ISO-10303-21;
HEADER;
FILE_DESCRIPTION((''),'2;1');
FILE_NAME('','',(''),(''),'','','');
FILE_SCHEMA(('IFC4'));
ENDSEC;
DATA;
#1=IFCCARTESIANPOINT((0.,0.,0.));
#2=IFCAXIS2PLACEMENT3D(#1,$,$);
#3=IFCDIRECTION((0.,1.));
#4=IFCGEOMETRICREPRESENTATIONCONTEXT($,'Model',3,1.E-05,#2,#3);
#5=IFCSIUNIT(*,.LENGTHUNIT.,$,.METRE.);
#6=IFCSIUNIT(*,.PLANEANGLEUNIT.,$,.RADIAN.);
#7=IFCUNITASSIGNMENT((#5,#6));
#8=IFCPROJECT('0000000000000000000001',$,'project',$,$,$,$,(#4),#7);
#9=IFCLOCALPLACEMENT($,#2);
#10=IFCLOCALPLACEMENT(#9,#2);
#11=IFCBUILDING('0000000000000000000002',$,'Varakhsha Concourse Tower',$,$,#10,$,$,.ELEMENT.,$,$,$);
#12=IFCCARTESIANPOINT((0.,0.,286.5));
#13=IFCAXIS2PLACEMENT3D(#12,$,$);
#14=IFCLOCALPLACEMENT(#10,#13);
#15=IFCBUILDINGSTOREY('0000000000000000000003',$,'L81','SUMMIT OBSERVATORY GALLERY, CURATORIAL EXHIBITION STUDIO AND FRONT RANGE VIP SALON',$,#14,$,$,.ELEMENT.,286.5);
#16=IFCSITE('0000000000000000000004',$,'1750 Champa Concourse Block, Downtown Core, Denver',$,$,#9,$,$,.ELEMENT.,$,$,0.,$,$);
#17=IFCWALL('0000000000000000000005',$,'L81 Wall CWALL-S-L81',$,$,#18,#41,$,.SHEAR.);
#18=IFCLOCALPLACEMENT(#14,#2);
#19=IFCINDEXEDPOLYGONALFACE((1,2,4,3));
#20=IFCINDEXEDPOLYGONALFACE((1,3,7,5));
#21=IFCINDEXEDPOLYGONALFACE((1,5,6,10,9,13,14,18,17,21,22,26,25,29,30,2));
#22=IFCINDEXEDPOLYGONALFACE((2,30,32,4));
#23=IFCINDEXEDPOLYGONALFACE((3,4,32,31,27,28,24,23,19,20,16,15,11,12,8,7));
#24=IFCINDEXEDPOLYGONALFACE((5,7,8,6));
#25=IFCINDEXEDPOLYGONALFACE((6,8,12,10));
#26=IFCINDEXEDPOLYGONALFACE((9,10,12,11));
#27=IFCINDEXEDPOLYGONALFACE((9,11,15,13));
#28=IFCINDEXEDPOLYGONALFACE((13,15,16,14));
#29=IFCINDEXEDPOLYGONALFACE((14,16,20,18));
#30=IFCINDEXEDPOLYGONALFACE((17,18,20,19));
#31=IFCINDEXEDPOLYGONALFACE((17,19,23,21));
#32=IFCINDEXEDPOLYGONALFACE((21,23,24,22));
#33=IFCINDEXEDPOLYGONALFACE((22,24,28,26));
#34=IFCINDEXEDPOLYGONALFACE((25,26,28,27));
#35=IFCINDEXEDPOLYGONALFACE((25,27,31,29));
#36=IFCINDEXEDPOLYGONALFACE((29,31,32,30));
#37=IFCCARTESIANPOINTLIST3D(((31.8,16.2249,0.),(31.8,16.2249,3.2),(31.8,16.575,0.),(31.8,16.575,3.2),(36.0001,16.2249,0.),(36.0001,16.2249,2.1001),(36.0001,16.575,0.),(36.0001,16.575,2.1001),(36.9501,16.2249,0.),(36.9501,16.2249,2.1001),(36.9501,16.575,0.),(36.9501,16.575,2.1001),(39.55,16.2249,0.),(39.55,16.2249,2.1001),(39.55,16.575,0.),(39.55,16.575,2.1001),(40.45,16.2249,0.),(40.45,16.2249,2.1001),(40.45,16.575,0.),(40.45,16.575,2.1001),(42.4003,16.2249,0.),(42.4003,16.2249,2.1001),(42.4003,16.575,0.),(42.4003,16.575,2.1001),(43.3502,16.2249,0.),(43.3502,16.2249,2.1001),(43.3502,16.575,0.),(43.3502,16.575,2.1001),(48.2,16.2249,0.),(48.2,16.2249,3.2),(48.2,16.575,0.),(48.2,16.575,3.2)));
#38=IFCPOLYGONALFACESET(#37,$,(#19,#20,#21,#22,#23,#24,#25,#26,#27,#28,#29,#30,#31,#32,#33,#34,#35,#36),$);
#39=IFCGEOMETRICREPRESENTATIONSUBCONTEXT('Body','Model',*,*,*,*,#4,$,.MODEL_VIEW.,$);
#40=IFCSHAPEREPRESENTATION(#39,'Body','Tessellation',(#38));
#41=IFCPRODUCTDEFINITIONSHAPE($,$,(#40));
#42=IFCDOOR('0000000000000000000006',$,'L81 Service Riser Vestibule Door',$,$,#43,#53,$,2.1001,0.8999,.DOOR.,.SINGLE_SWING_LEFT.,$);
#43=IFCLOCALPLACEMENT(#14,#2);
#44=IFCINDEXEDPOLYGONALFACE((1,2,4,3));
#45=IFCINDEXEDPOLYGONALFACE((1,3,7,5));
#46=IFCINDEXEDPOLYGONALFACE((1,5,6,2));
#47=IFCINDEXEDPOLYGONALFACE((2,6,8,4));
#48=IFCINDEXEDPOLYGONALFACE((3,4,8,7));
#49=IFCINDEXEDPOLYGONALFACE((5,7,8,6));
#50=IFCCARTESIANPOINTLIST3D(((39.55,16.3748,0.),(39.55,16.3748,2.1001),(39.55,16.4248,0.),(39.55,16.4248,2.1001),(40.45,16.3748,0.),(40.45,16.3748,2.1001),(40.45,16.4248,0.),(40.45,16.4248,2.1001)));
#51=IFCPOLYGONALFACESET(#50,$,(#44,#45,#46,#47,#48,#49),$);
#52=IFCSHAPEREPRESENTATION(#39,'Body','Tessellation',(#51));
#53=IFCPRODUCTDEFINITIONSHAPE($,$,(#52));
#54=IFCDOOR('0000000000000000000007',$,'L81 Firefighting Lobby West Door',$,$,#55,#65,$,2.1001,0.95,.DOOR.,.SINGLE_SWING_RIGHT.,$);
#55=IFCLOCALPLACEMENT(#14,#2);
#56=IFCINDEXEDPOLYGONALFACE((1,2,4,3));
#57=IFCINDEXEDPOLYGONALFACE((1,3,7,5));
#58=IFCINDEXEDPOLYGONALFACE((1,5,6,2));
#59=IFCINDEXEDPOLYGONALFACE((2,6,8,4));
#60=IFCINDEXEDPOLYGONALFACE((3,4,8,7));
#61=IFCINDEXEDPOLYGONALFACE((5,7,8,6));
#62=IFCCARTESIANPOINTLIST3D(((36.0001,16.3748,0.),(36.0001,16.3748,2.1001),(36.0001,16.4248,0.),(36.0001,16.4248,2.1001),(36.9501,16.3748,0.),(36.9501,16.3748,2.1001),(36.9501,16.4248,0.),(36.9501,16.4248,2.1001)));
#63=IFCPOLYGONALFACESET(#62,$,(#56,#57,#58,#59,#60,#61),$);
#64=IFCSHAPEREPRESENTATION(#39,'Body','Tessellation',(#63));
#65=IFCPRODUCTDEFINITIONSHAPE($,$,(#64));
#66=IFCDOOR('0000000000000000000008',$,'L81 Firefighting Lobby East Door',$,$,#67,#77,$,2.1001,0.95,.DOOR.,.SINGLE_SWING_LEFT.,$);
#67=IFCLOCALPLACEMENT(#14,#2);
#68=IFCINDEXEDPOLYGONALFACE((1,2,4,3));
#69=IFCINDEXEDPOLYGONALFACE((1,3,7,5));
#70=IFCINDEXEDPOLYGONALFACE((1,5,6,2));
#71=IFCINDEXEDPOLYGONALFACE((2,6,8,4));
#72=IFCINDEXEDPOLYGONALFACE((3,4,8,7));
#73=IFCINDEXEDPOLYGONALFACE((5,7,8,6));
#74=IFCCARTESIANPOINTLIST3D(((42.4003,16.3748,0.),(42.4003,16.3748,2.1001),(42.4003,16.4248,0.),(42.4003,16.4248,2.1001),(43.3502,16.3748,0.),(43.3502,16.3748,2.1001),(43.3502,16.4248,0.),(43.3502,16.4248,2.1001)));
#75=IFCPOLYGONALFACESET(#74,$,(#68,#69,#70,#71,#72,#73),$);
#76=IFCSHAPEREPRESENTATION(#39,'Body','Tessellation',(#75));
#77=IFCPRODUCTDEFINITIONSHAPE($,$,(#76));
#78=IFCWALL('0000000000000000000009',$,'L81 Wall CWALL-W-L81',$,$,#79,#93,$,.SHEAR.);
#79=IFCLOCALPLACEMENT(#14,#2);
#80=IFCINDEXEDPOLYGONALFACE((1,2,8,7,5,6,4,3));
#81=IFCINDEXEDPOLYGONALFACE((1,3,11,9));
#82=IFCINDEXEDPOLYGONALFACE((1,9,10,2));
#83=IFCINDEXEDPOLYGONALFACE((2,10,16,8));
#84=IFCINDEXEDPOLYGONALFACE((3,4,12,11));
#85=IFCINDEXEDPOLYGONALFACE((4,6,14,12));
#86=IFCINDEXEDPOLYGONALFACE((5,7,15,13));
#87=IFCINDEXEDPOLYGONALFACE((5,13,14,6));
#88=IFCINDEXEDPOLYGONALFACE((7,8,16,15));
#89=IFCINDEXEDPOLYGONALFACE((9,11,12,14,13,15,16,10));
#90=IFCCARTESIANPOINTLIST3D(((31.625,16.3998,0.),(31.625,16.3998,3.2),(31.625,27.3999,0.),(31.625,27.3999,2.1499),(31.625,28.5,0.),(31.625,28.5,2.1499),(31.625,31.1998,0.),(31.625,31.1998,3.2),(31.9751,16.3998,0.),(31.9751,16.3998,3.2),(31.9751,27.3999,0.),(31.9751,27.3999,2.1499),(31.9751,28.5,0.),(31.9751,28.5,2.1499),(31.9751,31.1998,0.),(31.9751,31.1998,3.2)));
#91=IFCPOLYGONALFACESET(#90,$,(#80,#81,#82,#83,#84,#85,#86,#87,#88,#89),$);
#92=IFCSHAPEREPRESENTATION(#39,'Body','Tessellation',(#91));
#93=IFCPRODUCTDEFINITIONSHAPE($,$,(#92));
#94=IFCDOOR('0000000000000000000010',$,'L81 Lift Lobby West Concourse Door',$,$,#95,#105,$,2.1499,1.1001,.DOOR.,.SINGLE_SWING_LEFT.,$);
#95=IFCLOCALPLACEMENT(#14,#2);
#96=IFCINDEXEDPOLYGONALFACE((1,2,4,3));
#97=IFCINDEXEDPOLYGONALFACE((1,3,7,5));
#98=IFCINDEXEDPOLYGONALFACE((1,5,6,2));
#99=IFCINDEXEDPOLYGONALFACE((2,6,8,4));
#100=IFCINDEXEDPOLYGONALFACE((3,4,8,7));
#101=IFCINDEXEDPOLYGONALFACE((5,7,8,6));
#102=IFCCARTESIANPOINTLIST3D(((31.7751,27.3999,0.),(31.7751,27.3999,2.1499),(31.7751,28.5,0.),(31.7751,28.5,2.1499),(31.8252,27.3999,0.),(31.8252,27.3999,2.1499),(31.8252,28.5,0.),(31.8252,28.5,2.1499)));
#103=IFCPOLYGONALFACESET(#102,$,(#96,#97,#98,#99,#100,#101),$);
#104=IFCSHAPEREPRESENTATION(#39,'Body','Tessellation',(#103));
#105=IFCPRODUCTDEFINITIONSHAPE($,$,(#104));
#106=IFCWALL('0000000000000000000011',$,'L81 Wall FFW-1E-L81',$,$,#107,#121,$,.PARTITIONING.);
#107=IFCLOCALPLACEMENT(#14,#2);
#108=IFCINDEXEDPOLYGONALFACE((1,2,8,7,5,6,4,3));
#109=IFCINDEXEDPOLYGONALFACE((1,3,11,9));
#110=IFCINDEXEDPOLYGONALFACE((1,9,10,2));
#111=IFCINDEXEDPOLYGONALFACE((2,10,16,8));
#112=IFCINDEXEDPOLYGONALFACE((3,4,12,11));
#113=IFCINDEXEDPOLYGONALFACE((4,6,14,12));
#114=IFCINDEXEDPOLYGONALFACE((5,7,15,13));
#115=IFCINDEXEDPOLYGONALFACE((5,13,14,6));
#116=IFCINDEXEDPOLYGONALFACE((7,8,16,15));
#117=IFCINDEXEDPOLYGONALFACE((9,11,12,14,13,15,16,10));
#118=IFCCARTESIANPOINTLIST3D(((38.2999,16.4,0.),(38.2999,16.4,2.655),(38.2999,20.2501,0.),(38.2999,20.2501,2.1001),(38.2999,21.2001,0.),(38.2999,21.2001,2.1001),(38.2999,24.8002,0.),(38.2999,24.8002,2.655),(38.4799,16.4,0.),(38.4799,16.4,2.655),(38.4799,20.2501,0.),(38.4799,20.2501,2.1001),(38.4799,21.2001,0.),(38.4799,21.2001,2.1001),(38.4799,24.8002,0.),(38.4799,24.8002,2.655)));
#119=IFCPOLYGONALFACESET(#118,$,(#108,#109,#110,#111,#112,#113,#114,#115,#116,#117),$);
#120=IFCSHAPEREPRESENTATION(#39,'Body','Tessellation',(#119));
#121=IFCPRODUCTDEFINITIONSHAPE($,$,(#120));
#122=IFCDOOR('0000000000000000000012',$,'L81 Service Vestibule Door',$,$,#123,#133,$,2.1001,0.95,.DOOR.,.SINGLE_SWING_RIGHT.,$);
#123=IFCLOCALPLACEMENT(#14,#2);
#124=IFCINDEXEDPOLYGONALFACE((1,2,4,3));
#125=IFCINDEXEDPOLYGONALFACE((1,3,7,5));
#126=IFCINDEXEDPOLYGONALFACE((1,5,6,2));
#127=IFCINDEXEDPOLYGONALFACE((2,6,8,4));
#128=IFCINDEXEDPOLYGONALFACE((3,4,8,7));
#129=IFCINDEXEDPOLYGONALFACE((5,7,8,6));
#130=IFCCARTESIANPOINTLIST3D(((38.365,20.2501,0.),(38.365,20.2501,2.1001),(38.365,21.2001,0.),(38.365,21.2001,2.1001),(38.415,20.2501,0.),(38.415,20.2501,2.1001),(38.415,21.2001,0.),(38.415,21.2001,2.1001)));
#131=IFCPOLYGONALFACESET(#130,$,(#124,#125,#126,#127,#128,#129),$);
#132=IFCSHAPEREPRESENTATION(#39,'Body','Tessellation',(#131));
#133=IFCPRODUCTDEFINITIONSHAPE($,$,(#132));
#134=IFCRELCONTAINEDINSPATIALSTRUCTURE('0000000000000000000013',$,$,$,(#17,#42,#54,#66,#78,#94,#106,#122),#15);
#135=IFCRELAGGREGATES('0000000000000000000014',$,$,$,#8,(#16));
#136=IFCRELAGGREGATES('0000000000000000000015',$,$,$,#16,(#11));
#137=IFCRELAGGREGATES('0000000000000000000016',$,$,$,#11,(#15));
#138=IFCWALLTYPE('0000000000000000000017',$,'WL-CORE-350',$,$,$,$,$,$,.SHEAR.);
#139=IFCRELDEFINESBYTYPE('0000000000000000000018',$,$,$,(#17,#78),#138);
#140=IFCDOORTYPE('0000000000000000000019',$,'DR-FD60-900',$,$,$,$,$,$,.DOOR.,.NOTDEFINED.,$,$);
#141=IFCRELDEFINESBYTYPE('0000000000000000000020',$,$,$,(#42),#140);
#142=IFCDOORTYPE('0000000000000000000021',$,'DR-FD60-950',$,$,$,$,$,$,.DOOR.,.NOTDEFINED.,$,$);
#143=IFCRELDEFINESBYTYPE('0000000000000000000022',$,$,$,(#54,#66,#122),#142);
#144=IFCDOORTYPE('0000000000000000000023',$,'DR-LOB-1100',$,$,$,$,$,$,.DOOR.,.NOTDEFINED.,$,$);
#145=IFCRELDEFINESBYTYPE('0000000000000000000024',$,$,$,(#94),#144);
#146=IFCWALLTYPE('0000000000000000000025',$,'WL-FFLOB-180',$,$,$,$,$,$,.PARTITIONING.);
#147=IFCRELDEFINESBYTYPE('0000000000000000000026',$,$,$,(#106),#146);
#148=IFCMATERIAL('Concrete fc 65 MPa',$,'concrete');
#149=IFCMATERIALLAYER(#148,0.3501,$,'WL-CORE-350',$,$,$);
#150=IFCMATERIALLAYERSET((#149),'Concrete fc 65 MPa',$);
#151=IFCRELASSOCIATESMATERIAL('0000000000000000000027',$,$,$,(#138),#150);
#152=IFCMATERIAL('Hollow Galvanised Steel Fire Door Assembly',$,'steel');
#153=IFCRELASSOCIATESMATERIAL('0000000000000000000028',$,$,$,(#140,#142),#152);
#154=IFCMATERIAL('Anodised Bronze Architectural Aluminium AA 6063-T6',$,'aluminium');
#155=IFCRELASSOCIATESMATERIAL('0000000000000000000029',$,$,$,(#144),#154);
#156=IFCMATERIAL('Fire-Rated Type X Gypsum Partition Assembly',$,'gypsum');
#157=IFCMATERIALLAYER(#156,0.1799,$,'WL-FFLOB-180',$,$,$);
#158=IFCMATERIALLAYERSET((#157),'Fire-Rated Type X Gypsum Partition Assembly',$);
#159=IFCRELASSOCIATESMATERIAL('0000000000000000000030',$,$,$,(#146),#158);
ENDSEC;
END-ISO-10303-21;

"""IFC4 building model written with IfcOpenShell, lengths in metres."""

from ifc_helpers import new_model, si_unit, direction, frame, frame_2d, origin, place, context, subcontext, project, spatial, rectangle, extrude, material, layer, layer_set, type_object, element, fill, save


model = new_model("IFC4")

# Units and contexts
model_context = context("Model", 3, precision=1e-05, world=origin(), true_north=direction((0.0, 1.0)))
body_context = subcontext(model_context, "Body", "Model", "MODEL_VIEW")
ifc_project = project(units=[si_unit("LENGTHUNIT", "METRE"), si_unit("PLANEANGLEUNIT", "RADIAN")], contexts=[model_context])

# Site, building, storey
site_placement = place(None, origin())
site = spatial("IfcSite", under=ifc_project, at=site_placement, Name="1750 Champa Concourse Block, Downtown Core, Denver", CompositionType="ELEMENT", RefElevation=0.0)
building_placement = place(site_placement, origin())
building = spatial("IfcBuilding", under=site, at=building_placement, Name="Varakhsha Concourse Tower", CompositionType="ELEMENT")
storey_placement = place(building_placement, frame((0.0, 0.0, 286.5)))
storey = spatial("IfcBuildingStorey", under=building, at=storey_placement, Name="L81", Description="SUMMIT OBSERVATORY GALLERY, CURATORIAL EXHIBITION STUDIO AND FRONT RANGE VIP SALON", CompositionType="ELEMENT", Elevation=286.5)

# Shared definitions
ifc_material_1 = material(Name="Anodised Bronze Architectural Aluminium AA 6063-T6", Category="aluminium")

# Wall, openings, doors
ifc_material_2 = material(Name="Concrete fc 65 MPa", Category="concrete")
ifc_layer_1 = layer(ifc_material_2, 0.3501, Name="WL-CORE-350")
ifc_layer_set_1 = layer_set([ifc_layer_1], Name="Concrete fc 65 MPa")
wall_type_1 = type_object("IfcWallType", Name="WL-CORE-350", PredefinedType="SHEAR", material=ifc_layer_set_1)
wall_1_placement = place(storey_placement, frame((31.8, 16.3999, 0.0), z_axis=(0.0, 0.0, 1.0), x_axis=(1.0, 0.0, 0.0)))
wall_1 = element("IfcWall", 1, at=wall_1_placement, inside=storey, type_object=wall_type_1, Name="L81 Wall CWALL-S-L81", PredefinedType="SHEAR", context=body_context, shape_type="SweptSolid", body=[
    extrude(rectangle(XDim=16.3999, YDim=0.3501, at=frame_2d((8.2, 0.0))), origin(), (0.0, 0.0, 1.0), 3.2),
])
opening_1_placement = place(wall_1_placement, frame((7.75, 0.0, 0.0)))
opening_1 = element("IfcOpeningElement", 2, at=opening_1_placement, cuts=wall_1, PredefinedType="OPENING", context=body_context, shape_type="SweptSolid", body=[
    extrude(rectangle(XDim=0.8999, YDim=2.1001, at=frame_2d((0.45, 1.05))), frame((0.0, 0.1851, 0.0), z_axis=(0.0, -1.0, 0.0), x_axis=(1.0, 0.0, 0.0)), (0.0, 0.0, 1.0), 0.3701),
])
opening_2_placement = place(wall_1_placement, frame((4.2, 0.0, 0.0)))
opening_2 = element("IfcOpeningElement", 3, at=opening_2_placement, cuts=wall_1, PredefinedType="OPENING", context=body_context, shape_type="SweptSolid", body=[
    extrude(rectangle(XDim=0.95, YDim=2.1001, at=frame_2d((0.4751, 1.05))), frame((0.0, 0.1851, 0.0), z_axis=(0.0, -1.0, 0.0), x_axis=(1.0, 0.0, 0.0)), (0.0, 0.0, 1.0), 0.3701),
])
opening_3_placement = place(wall_1_placement, frame((10.6001, 0.0, 0.0)))
opening_3 = element("IfcOpeningElement", 4, at=opening_3_placement, cuts=wall_1, PredefinedType="OPENING", context=body_context, shape_type="SweptSolid", body=[
    extrude(rectangle(XDim=0.95, YDim=2.1001, at=frame_2d((0.4751, 1.05))), frame((0.0, 0.1851, 0.0), z_axis=(0.0, -1.0, 0.0), x_axis=(1.0, 0.0, 0.0)), (0.0, 0.0, 1.0), 0.3701),
])
ifc_material_3 = material(Name="Hollow Galvanised Steel Fire Door Assembly", Category="steel")
door_type_1 = type_object("IfcDoorType", Name="DR-FD60-900", OperationType="NOTDEFINED", PredefinedType="DOOR", material=ifc_material_3)
door_1_placement = place(opening_1_placement, origin())
door_1 = element("IfcDoor", 5, at=door_1_placement, inside=storey, type_object=door_type_1, Name="L81 Service Riser Vestibule Door", OperationType="SINGLE_SWING_LEFT", OverallHeight=2.1001, OverallWidth=0.8999, PredefinedType="DOOR", context=body_context, shape_type="SweptSolid", body=[
    extrude(rectangle(XDim=0.8999, YDim=2.1001, at=frame_2d((0.45, 1.05))), frame((0.0, 0.0249, 0.0), z_axis=(0.0, -1.0, 0.0), x_axis=(1.0, 0.0, 0.0)), (0.0, 0.0, 1.0), 0.05),
])
fill(opening_1, door_1)
door_type_2 = type_object("IfcDoorType", Name="DR-FD60-950", OperationType="NOTDEFINED", PredefinedType="DOOR", material=ifc_material_3)
door_2_placement = place(opening_2_placement, origin())
door_2 = element("IfcDoor", 6, at=door_2_placement, inside=storey, type_object=door_type_2, Name="L81 Firefighting Lobby West Door", OperationType="SINGLE_SWING_RIGHT", OverallHeight=2.1001, OverallWidth=0.95, PredefinedType="DOOR", context=body_context, shape_type="SweptSolid", body=[
    extrude(rectangle(XDim=0.95, YDim=2.1001, at=frame_2d((0.4751, 1.05))), frame((0.0, 0.0249, 0.0), z_axis=(0.0, -1.0, 0.0), x_axis=(1.0, 0.0, 0.0)), (0.0, 0.0, 1.0), 0.05),
])
fill(opening_2, door_2)
door_3_placement = place(opening_3_placement, origin())
door_3 = element("IfcDoor", 7, at=door_3_placement, inside=storey, type_object=door_type_2, Name="L81 Firefighting Lobby East Door", OperationType="SINGLE_SWING_LEFT", OverallHeight=2.1001, OverallWidth=0.95, PredefinedType="DOOR", context=body_context, shape_type="SweptSolid", body=[
    extrude(rectangle(XDim=0.95, YDim=2.1001, at=frame_2d((0.4751, 1.05))), frame((0.0, 0.0249, 0.0), z_axis=(0.0, -1.0, 0.0), x_axis=(1.0, 0.0, 0.0)), (0.0, 0.0, 1.0), 0.05),
])
fill(opening_3, door_3)

# Walls, openings, doors
wall_2_placement = place(storey_placement, frame((31.8, 16.3999, 0.0), z_axis=(0.0, 0.0, 1.0), x_axis=(0.0, 1.0, 0.0)))
wall_2 = element("IfcWall", 8, at=wall_2_placement, inside=storey, type_object=wall_type_1, Name="L81 Wall CWALL-W-L81", PredefinedType="SHEAR", context=body_context, shape_type="SweptSolid", body=[
    extrude(rectangle(XDim=14.8, YDim=0.3501, at=frame_2d((7.3999, 0.0))), origin(), (0.0, 0.0, 1.0), 3.2),
])
opening_4_placement = place(wall_2_placement, frame((11.0, 0.0, 0.0)))
opening_4 = element("IfcOpeningElement", 9, at=opening_4_placement, cuts=wall_2, PredefinedType="OPENING", context=body_context, shape_type="SweptSolid", body=[
    extrude(rectangle(XDim=1.1001, YDim=2.1499, at=frame_2d((0.55, 1.075))), frame((0.0, 0.1851, 0.0), z_axis=(0.0, -1.0, 0.0), x_axis=(1.0, 0.0, 0.0)), (0.0, 0.0, 1.0), 0.3701),
])
door_type_3 = type_object("IfcDoorType", Name="DR-LOB-1100", OperationType="NOTDEFINED", PredefinedType="DOOR", material=ifc_material_1)
door_4_placement = place(opening_4_placement, origin())
door_4 = element("IfcDoor", 10, at=door_4_placement, inside=storey, type_object=door_type_3, Name="L81 Lift Lobby West Concourse Door", OperationType="SINGLE_SWING_LEFT", OverallHeight=2.1499, OverallWidth=1.1001, PredefinedType="DOOR", context=body_context, shape_type="SweptSolid", body=[
    extrude(rectangle(XDim=1.1001, YDim=2.1499, at=frame_2d((0.55, 1.075))), frame((0.0, 0.0249, 0.0), z_axis=(0.0, -1.0, 0.0), x_axis=(1.0, 0.0, 0.0)), (0.0, 0.0, 1.0), 0.05),
])
fill(opening_4, door_4)
ifc_material_4 = material(Name="Fire-Rated Type X Gypsum Partition Assembly", Category="gypsum")
ifc_layer_2 = layer(ifc_material_4, 0.1799, Name="WL-FFLOB-180")
ifc_layer_set_2 = layer_set([ifc_layer_2], Name="Fire-Rated Type X Gypsum Partition Assembly")
wall_type_2 = type_object("IfcWallType", Name="WL-FFLOB-180", PredefinedType="PARTITIONING", material=ifc_layer_set_2)
wall_3_placement = place(storey_placement, frame((38.3899, 16.3999, 0.0), z_axis=(0.0, 0.0, 1.0), x_axis=(0.0, 1.0, 0.0)))
wall_3 = element("IfcWall", 11, at=wall_3_placement, inside=storey, type_object=wall_type_2, Name="L81 Wall FFW-1E-L81", PredefinedType="PARTITIONING", context=body_context, shape_type="SweptSolid", body=[
    extrude(rectangle(XDim=8.4001, YDim=0.1799, at=frame_2d((4.2002, 0.0))), origin(), (0.0, 0.0, 1.0), 2.655),
])
opening_5_placement = place(wall_3_placement, frame((3.8501, 0.0, 0.0)))
opening_5 = element("IfcOpeningElement", 12, at=opening_5_placement, cuts=wall_3, PredefinedType="OPENING", context=body_context, shape_type="SweptSolid", body=[
    extrude(rectangle(XDim=0.95, YDim=2.1001, at=frame_2d((0.4751, 1.05))), frame((0.0, 0.0999, 0.0), z_axis=(0.0, -1.0, 0.0), x_axis=(1.0, 0.0, 0.0)), (0.0, 0.0, 1.0), 0.2),
])
door_5_placement = place(opening_5_placement, origin())
door_5 = element("IfcDoor", 13, at=door_5_placement, inside=storey, type_object=door_type_2, Name="L81 Service Vestibule Door", OperationType="SINGLE_SWING_RIGHT", OverallHeight=2.1001, OverallWidth=0.95, PredefinedType="DOOR", context=body_context, shape_type="SweptSolid", body=[
    extrude(rectangle(XDim=0.95, YDim=2.1001, at=frame_2d((0.4751, 1.05))), frame((0.0, 0.0249, 0.0), z_axis=(0.0, -1.0, 0.0), x_axis=(1.0, 0.0, 0.0)), (0.0, 0.0, 1.0), 0.05),
])
fill(opening_5, door_5)

save(model, "model.ifc")
